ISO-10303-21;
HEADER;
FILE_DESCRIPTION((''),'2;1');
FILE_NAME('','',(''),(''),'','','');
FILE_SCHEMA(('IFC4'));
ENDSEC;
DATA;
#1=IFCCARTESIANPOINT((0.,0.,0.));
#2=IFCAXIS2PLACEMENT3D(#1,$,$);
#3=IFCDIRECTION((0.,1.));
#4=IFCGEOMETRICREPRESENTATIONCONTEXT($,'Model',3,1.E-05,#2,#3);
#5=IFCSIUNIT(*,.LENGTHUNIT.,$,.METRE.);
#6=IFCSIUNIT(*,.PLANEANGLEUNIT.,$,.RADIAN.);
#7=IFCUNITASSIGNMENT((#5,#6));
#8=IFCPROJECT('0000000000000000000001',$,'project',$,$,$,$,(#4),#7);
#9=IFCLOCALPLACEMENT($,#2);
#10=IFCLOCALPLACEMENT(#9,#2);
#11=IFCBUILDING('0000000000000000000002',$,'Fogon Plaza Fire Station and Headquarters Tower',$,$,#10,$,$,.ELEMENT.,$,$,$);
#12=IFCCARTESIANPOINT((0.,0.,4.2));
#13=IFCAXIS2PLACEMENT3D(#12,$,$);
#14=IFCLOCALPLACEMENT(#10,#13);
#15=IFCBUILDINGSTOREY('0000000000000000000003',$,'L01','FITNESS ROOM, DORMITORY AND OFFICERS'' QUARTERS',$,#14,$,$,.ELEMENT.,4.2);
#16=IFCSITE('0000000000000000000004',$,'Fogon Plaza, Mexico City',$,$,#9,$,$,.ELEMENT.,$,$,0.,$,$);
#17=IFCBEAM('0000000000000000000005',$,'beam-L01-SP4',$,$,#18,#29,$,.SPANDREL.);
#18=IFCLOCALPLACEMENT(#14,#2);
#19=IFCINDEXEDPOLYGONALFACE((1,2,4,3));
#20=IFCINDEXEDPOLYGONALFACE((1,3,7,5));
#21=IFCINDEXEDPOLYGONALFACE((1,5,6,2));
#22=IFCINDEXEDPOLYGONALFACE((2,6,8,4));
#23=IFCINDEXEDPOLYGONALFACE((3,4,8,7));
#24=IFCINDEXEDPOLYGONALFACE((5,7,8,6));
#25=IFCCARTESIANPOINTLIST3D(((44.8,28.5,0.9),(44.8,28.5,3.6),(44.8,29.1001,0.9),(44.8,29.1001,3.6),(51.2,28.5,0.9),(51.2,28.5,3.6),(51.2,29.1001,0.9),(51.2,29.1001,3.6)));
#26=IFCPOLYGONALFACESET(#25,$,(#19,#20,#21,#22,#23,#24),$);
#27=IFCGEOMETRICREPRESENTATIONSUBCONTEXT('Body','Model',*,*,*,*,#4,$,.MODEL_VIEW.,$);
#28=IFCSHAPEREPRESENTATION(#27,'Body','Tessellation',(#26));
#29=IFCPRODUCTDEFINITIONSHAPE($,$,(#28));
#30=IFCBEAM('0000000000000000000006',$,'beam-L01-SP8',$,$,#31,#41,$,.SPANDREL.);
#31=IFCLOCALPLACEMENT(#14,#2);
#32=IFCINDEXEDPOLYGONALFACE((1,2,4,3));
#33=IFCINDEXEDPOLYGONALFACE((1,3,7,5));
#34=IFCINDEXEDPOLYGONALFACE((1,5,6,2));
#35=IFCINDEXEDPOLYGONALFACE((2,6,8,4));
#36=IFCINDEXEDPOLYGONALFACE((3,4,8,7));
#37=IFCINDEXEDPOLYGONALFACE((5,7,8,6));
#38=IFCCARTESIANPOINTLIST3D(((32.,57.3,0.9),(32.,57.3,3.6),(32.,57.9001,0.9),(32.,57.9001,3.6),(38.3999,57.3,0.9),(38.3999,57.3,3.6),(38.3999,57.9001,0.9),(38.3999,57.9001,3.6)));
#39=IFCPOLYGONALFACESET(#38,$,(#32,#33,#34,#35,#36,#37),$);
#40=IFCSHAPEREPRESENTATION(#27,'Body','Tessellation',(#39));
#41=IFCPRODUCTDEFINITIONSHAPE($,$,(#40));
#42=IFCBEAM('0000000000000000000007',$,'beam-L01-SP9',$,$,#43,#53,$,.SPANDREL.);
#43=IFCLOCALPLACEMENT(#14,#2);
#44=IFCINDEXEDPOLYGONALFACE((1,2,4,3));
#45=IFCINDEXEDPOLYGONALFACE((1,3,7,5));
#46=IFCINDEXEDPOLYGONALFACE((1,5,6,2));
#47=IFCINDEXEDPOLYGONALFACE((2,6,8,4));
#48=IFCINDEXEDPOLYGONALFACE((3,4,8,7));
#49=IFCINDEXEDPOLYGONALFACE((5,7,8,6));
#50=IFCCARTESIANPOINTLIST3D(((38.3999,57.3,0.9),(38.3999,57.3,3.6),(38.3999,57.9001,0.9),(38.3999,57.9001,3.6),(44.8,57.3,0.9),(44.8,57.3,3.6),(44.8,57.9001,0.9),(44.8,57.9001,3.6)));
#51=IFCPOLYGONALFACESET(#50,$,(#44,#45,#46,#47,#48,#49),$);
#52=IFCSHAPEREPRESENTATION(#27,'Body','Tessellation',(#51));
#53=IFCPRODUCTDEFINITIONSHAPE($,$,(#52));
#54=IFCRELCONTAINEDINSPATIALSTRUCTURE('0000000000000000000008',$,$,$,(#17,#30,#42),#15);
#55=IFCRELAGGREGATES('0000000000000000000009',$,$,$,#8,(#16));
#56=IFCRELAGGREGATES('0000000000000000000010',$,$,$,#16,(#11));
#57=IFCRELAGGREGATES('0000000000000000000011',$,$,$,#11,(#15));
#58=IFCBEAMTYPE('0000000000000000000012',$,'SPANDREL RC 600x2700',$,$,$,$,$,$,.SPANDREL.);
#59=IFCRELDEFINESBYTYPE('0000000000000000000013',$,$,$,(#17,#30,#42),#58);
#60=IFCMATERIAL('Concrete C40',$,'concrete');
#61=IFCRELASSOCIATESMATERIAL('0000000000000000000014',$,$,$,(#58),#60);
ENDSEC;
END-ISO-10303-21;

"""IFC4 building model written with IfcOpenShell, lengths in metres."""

from ifc_helpers import new_model, si_unit, direction, frame, origin, origin_2d, place, context, subcontext, project, spatial, rectangle, extrude, material, material_profile, profile_set, type_object, element, save


model = new_model("IFC4")

# Units and contexts
model_context = context("Model", 3, precision=1e-05, world=origin(), true_north=direction((0.0, 1.0)))
body_context = subcontext(model_context, "Body", "Model", "MODEL_VIEW")
ifc_project = project(units=[si_unit("LENGTHUNIT", "METRE"), si_unit("PLANEANGLEUNIT", "RADIAN")], contexts=[model_context])

# Site, building, storey
site_placement = place(None, origin())
site = spatial("IfcSite", under=ifc_project, at=site_placement, Name="Fogon Plaza, Mexico City", CompositionType="ELEMENT", RefElevation=0.0)
building_placement = place(site_placement, origin())
building = spatial("IfcBuilding", under=site, at=building_placement, Name="Fogon Plaza Fire Station and Headquarters Tower", CompositionType="ELEMENT")
storey_placement = place(building_placement, frame((0.0, 0.0, 4.2)))
storey = spatial("IfcBuildingStorey", under=building, at=storey_placement, Name="L01", Description="FITNESS ROOM, DORMITORY AND OFFICERS' QUARTERS", CompositionType="ELEMENT", Elevation=4.2)

# Beams
ifc_material_1 = material(Name="Concrete C40", Category="concrete")
ifc_material_profile_1 = material_profile(ifc_material_1, rectangle(XDim=0.6001, YDim=2.7, at=origin_2d()), Name="RC 600x2700")
ifc_profile_set_1 = profile_set([ifc_material_profile_1], Name="Concrete C40")
beam_type_1 = type_object("IfcBeamType", Name="SPANDREL RC 600x2700", PredefinedType="SPANDREL", material=ifc_profile_set_1)
for number, where, z_axis, x_axis, name in (
    (1, (44.8, 28.8, 2.25), (1.0, 0.0, 0.0), (0.0, 1.0, 0.0), "beam-L01-SP4"),
    (2, (32.0, 57.6001, 2.25), (1.0, 0.0, 0.0), (0.0, 1.0, 0.0), "beam-L01-SP8"),
):
    element("IfcBeam", number, at=place(storey_placement, frame(where, z_axis=z_axis, x_axis=x_axis)), inside=storey, type_object=beam_type_1, Name=name, PredefinedType="SPANDREL", context=body_context, shape_type="SweptSolid", body=[
        extrude(rectangle(XDim=0.6001, YDim=2.7, at=origin_2d()), origin(), (0.0, 0.0, 1.0), 6.3999),
    ])
beam_1_placement = place(storey_placement, frame((38.3999, 57.6001, 2.25), z_axis=(1.0, 0.0, 0.0), x_axis=(0.0, 1.0, 0.0)))
element("IfcBeam", 3, at=beam_1_placement, inside=storey, type_object=beam_type_1, Name="beam-L01-SP9", PredefinedType="SPANDREL", context=body_context, shape_type="SweptSolid", body=[
    extrude(rectangle(XDim=0.6001, YDim=2.7, at=origin_2d()), origin(), (0.0, 0.0, 1.0), 6.4001),
])

save(model, "model.ifc")
